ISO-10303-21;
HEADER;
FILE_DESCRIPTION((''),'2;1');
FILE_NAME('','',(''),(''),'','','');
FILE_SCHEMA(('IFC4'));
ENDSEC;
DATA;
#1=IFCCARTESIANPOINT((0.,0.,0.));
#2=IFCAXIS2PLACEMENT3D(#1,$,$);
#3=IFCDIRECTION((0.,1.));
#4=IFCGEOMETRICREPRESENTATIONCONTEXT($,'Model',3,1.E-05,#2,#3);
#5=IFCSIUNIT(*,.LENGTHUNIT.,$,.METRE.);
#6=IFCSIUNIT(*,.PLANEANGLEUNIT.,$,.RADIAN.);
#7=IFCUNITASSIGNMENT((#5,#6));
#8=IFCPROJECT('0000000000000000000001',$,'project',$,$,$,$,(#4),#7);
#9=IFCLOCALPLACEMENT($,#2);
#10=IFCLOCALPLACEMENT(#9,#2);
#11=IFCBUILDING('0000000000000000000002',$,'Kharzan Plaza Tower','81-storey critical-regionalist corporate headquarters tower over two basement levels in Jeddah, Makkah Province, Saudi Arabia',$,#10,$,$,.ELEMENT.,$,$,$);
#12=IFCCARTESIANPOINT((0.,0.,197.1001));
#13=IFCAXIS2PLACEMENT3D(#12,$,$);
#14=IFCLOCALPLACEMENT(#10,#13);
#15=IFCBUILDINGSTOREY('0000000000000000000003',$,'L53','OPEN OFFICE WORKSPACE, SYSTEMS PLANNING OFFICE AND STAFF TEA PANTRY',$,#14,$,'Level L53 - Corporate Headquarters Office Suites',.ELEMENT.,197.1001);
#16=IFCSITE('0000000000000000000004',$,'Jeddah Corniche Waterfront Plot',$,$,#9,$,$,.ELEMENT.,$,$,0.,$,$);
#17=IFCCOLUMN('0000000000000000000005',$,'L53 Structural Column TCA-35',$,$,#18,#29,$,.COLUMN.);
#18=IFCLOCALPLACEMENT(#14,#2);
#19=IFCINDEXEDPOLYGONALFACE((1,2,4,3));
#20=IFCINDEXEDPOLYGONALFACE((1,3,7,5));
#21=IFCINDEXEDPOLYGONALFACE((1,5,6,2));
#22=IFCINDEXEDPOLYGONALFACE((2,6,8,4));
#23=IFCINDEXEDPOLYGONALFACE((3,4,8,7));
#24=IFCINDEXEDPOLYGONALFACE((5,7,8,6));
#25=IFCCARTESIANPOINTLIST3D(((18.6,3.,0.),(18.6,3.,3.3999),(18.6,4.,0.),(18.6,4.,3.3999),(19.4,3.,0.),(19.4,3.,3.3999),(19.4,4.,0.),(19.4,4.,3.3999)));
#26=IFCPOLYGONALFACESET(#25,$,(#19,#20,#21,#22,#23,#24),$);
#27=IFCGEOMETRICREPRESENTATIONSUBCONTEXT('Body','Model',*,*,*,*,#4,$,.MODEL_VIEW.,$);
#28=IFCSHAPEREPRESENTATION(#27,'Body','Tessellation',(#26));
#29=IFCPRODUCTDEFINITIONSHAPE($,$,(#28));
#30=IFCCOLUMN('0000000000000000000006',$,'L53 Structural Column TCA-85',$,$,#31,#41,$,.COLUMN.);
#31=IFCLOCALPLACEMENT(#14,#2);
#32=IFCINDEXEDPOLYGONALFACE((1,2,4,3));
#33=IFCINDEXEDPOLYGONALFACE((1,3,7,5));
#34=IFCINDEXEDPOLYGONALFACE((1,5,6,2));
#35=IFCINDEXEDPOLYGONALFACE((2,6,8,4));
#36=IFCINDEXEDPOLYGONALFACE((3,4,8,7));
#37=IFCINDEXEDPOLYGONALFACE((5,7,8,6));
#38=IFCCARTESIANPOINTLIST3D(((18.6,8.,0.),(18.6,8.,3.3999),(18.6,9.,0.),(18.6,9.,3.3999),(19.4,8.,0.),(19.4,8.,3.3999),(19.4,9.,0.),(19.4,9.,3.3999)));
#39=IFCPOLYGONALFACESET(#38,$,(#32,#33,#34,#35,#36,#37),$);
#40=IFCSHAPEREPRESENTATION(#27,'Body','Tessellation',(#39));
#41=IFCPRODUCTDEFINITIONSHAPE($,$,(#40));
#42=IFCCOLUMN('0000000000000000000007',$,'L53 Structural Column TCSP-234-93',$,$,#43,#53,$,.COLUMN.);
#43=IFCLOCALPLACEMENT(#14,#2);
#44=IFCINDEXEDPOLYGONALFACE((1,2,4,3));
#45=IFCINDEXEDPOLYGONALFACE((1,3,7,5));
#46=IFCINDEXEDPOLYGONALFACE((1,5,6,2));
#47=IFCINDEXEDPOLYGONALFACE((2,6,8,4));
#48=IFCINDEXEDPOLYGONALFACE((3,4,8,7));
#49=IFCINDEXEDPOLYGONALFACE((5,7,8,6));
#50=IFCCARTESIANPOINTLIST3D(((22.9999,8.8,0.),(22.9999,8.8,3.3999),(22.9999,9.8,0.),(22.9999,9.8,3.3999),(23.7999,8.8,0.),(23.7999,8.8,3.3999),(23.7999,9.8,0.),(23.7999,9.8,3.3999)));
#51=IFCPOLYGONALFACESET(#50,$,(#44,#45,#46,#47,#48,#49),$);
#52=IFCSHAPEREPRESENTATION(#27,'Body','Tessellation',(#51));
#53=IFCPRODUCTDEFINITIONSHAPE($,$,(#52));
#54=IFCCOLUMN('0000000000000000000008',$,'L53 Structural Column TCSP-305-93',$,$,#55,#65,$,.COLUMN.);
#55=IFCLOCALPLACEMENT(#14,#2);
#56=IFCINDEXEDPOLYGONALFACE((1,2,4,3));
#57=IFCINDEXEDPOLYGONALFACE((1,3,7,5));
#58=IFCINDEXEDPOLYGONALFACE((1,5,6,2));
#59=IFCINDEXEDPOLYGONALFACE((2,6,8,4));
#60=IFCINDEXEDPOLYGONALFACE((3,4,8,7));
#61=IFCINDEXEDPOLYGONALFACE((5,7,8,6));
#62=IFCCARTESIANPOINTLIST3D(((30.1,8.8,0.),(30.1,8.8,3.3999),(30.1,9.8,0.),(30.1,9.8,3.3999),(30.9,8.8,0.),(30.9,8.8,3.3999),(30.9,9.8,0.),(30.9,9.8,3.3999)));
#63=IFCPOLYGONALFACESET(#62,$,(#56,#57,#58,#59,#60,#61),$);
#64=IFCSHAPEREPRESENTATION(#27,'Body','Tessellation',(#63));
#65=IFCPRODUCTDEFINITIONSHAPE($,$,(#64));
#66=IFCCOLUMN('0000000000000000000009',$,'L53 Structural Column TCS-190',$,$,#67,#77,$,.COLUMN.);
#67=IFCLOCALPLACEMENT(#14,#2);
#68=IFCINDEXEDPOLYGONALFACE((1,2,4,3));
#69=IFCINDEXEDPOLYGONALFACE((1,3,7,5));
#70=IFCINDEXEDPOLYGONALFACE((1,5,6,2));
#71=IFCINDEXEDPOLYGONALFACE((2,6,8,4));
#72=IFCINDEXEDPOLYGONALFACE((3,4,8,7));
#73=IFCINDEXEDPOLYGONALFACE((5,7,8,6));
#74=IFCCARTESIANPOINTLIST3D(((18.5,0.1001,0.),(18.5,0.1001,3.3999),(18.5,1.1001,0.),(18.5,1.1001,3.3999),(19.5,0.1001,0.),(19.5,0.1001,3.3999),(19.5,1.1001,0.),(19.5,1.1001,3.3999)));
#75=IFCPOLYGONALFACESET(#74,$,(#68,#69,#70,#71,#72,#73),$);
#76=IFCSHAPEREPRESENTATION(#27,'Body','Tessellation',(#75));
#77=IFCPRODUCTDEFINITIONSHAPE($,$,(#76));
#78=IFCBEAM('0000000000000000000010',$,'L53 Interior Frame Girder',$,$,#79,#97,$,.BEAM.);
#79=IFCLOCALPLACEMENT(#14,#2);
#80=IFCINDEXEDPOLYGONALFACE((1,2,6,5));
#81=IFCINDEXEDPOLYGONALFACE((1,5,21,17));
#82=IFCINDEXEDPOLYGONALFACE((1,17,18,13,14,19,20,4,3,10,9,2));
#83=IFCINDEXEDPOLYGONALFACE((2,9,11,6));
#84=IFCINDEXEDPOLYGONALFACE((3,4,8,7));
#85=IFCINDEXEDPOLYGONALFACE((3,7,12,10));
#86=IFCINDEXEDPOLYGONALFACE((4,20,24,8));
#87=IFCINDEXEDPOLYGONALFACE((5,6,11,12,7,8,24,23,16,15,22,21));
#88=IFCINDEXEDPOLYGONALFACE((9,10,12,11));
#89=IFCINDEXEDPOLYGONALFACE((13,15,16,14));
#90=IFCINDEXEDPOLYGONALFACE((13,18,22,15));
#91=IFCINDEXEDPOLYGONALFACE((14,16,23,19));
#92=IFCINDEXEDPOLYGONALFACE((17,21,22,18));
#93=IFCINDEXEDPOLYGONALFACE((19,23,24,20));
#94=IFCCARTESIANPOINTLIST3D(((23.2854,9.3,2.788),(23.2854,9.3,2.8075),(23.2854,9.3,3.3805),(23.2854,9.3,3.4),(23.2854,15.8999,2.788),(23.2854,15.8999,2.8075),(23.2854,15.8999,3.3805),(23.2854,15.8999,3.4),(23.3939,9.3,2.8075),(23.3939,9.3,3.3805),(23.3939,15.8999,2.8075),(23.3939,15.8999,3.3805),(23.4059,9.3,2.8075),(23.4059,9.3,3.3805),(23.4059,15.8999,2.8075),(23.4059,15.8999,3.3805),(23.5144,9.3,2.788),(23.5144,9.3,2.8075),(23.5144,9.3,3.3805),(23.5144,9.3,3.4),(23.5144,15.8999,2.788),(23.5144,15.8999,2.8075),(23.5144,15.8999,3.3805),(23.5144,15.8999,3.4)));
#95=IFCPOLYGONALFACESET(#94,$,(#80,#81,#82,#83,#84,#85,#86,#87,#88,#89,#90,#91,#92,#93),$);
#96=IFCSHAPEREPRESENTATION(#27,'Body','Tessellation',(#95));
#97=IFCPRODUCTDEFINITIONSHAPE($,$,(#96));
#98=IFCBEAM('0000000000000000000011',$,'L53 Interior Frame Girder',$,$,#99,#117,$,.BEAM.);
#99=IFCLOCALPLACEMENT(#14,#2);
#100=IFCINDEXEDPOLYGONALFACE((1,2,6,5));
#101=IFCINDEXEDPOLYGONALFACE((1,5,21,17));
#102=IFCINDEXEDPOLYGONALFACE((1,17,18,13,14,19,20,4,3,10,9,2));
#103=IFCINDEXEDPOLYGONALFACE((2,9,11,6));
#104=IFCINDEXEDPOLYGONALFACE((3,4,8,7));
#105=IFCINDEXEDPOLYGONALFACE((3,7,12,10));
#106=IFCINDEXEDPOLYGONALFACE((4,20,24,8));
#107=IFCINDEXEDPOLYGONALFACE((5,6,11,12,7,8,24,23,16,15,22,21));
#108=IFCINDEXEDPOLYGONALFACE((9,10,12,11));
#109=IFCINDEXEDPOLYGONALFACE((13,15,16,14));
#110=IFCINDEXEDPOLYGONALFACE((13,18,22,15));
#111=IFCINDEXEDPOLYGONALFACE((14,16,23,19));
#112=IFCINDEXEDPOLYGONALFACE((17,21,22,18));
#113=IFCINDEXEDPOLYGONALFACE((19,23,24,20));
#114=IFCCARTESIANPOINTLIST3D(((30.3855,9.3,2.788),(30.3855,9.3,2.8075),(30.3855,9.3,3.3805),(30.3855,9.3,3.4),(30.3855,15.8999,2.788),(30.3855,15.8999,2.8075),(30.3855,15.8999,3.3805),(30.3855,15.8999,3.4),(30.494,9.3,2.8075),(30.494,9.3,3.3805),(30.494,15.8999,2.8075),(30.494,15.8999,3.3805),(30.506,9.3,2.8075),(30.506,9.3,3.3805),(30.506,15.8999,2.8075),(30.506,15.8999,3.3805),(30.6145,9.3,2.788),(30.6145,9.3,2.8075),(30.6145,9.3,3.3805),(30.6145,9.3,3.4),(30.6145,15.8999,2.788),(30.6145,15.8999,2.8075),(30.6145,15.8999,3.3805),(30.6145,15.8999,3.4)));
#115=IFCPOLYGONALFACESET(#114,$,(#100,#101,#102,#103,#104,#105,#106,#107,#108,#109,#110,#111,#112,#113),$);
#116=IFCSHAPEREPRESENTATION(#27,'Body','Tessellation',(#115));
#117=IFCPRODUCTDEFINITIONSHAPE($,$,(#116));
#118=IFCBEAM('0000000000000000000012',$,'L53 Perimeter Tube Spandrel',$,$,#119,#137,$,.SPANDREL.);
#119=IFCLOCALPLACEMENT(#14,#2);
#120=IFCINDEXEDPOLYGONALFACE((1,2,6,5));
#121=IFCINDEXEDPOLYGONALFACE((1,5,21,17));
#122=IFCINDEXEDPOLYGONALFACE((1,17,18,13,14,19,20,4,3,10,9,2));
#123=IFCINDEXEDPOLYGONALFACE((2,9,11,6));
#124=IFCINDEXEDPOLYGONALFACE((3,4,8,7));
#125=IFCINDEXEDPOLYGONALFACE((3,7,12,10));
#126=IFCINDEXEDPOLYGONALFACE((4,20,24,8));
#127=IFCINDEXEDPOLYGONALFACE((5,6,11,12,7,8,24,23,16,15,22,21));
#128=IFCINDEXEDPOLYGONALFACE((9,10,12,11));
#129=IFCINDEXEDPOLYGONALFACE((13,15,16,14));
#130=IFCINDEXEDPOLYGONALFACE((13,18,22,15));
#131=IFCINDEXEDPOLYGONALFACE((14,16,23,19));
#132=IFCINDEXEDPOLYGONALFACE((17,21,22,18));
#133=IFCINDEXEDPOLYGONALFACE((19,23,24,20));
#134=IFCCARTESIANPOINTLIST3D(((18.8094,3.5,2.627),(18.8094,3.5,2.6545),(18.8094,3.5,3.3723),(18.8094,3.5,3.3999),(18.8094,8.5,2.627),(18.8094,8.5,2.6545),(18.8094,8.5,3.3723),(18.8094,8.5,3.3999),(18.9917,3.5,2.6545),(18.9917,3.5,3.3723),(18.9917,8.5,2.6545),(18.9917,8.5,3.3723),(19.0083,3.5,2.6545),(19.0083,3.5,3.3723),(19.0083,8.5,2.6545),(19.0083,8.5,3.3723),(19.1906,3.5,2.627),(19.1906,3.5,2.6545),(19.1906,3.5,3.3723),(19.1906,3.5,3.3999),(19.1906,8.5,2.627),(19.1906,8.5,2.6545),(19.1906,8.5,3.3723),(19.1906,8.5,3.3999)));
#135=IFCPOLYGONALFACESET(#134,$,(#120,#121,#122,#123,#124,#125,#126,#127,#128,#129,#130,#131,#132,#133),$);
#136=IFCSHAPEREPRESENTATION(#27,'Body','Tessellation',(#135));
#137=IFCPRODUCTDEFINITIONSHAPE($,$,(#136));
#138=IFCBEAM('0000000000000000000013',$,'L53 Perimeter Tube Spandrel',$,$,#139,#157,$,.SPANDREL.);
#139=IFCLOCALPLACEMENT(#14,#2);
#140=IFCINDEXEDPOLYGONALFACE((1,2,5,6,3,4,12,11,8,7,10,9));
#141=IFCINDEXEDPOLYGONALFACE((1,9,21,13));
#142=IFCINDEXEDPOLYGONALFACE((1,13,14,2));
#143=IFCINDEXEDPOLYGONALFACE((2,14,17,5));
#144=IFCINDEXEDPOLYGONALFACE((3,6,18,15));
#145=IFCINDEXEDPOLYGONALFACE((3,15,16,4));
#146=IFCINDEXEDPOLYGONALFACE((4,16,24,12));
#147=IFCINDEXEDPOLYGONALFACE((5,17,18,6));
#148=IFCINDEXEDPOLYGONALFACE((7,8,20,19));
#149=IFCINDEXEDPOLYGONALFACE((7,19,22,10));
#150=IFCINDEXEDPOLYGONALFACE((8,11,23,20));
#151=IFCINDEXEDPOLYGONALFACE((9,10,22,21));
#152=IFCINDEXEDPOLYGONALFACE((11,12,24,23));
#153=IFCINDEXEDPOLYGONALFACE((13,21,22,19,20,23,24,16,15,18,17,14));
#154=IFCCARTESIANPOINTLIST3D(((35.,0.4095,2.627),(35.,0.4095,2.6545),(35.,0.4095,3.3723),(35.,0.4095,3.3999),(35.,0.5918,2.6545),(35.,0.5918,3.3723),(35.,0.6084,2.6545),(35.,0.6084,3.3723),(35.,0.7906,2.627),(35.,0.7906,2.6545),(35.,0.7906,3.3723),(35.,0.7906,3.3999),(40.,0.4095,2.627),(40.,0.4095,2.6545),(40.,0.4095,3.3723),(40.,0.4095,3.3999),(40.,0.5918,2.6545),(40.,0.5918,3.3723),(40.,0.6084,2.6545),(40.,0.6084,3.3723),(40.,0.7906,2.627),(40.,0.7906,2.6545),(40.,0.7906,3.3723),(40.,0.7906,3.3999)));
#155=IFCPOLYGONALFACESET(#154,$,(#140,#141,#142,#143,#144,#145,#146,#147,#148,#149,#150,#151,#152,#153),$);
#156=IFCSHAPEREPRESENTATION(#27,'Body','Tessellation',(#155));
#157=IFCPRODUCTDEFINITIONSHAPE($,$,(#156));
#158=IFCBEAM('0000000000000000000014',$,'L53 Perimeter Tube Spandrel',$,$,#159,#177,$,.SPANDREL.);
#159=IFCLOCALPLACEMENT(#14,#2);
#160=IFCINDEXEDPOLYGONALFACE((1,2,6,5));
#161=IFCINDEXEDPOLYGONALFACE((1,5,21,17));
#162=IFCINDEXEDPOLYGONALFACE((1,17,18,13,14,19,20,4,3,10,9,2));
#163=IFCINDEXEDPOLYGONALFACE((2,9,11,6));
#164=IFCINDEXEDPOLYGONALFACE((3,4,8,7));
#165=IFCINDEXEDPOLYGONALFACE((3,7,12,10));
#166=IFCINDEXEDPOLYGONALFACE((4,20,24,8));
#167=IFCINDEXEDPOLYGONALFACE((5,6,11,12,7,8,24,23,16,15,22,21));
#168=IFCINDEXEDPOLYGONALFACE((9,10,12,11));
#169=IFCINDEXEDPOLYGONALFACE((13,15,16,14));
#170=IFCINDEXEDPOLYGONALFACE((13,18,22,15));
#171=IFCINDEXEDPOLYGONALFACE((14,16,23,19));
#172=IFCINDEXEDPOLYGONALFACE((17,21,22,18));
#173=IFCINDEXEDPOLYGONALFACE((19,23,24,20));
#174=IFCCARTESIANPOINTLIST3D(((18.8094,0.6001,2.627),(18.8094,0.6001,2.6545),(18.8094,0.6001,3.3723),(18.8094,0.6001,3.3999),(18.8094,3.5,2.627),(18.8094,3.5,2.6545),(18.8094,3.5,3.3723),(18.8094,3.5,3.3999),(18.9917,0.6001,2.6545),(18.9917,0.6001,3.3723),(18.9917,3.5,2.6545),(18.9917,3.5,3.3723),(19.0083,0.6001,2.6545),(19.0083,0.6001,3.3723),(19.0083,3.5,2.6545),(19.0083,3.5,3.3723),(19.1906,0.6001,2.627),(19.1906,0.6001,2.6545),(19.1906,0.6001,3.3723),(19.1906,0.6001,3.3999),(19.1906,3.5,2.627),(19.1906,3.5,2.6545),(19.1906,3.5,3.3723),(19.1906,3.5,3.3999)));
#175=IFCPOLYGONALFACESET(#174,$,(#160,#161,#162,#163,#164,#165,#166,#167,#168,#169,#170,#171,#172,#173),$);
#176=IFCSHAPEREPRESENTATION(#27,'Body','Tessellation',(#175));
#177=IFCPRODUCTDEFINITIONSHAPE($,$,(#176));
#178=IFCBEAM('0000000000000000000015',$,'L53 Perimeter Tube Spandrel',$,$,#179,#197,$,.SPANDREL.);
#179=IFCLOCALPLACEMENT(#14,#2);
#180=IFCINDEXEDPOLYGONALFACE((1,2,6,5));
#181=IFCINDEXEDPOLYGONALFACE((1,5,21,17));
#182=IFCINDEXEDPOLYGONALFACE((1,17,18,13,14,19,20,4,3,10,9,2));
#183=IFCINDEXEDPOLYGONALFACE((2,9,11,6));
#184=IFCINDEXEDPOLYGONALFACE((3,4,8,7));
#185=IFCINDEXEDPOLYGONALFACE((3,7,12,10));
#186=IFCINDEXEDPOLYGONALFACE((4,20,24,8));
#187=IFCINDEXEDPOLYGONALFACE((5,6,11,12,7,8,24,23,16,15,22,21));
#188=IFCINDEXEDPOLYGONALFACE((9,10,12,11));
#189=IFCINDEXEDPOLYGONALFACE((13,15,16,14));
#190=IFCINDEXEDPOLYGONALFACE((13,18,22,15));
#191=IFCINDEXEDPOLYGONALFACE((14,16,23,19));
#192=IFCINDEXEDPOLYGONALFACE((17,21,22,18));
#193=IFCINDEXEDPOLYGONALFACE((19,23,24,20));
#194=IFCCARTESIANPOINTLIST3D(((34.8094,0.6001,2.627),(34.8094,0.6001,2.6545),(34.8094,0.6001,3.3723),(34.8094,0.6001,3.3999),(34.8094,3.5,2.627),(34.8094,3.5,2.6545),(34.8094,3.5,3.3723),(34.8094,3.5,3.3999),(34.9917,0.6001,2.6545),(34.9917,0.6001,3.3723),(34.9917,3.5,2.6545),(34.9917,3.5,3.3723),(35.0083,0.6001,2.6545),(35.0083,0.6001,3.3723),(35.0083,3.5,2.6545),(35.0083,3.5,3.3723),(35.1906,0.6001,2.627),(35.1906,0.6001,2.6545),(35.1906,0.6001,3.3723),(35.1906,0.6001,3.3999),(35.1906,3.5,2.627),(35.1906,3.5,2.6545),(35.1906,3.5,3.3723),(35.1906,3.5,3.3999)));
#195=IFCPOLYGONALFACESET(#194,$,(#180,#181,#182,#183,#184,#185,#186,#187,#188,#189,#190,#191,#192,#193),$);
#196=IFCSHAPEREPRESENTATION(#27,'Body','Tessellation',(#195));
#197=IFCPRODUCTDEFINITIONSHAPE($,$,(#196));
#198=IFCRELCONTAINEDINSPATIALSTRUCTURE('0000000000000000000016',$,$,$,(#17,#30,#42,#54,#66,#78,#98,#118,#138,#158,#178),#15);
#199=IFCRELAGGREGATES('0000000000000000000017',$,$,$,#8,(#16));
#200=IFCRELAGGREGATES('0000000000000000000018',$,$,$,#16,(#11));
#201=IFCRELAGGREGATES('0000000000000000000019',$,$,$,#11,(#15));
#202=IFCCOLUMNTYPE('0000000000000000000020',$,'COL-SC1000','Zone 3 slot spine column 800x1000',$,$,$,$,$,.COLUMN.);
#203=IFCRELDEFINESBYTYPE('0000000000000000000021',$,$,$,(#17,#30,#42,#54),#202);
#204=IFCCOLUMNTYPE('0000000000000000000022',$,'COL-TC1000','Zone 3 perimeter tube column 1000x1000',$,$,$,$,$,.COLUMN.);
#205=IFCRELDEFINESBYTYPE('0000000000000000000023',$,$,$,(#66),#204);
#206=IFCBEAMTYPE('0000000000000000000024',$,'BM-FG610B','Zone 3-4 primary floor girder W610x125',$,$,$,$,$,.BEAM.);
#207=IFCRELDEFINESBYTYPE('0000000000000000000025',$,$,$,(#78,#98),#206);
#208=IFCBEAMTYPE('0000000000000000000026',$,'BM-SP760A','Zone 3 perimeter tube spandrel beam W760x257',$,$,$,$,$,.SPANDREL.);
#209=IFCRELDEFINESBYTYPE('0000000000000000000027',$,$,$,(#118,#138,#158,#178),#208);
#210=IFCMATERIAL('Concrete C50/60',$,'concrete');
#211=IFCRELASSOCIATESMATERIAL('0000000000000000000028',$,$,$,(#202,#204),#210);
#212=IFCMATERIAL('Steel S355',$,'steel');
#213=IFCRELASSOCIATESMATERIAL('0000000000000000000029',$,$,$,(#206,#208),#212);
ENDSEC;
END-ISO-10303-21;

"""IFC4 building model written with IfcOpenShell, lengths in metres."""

from ifc_helpers import new_model, si_unit, direction, frame, origin, origin_2d, place, context, subcontext, project, spatial, rectangle, i_section, extrude, source, transform, mapped, material, material_profile, profile_set, type_object, element, save


model = new_model("IFC4")

# Units and contexts
model_context = context("Model", 3, precision=1e-05, world=origin(), true_north=direction((0.0, 1.0)))
body_context = subcontext(model_context, "Body", "Model", "MODEL_VIEW")
ifc_project = project(units=[si_unit("LENGTHUNIT", "METRE"), si_unit("PLANEANGLEUNIT", "RADIAN")], contexts=[model_context])

# Site, building, storey
site_placement = place(None, origin())
site = spatial("IfcSite", under=ifc_project, at=site_placement, Name="Jeddah Corniche Waterfront Plot", CompositionType="ELEMENT", RefElevation=0.0)
building_placement = place(site_placement, origin())
building = spatial("IfcBuilding", under=site, at=building_placement, Name="Kharzan Plaza Tower", Description="81-storey critical-regionalist corporate headquarters tower over two basement levels in Jeddah, Makkah Province, Saudi Arabia", CompositionType="ELEMENT")
storey_placement = place(building_placement, frame((0.0, 0.0, 197.1001)))
storey = spatial("IfcBuildingStorey", under=building, at=storey_placement, Name="L53", Description="OPEN OFFICE WORKSPACE, SYSTEMS PLANNING OFFICE AND STAFF TEA PANTRY", LongName="Level L53 - Corporate Headquarters Office Suites", CompositionType="ELEMENT", Elevation=197.1001)

# Columns
ifc_material_1 = material(Name="Concrete C50/60", Category="concrete")
ifc_material_profile_1 = material_profile(ifc_material_1, rectangle(XDim=0.8, YDim=1.0, at=origin_2d()), Name="RC-SC1000x800")
ifc_profile_set_1 = profile_set([ifc_material_profile_1], Name="Concrete C50/60")
column_type_1 = type_object("IfcColumnType", Name="COL-SC1000", Description="Zone 3 slot spine column 800x1000", PredefinedType="COLUMN", material=ifc_profile_set_1)
shared_shape_1 = source(origin(), body_context, "Body", "SweptSolid", [
    extrude(rectangle(XDim=0.8, YDim=1.0, at=origin_2d()), origin(), (0.0, 0.0, 1.0), 3.3999),
])
for number, where, z_axis, x_axis, name in (
    (1, (19.0, 3.5, 0.0), (0.0, 0.0, 1.0), (1.0, 0.0, 0.0), "L53 Structural Column TCA-35"),
    (2, (19.0, 8.5, 0.0), (0.0, 0.0, 1.0), (1.0, 0.0, 0.0), "L53 Structural Column TCA-85"),
    (3, (23.3999, 9.3, 0.0), (0.0, 0.0, 1.0), (1.0, 0.0, 0.0), "L53 Structural Column TCSP-234-93"),
    (4, (30.5, 9.3, 0.0), (0.0, 0.0, 1.0), (1.0, 0.0, 0.0), "L53 Structural Column TCSP-305-93"),
):
    element("IfcColumn", number, at=place(storey_placement, frame(where, z_axis=z_axis, x_axis=x_axis)), inside=storey, type_object=column_type_1, Name=name, PredefinedType="COLUMN", context=body_context, shape_type="MappedRepresentation", body=[
        mapped(shared_shape_1, transform((0.0, 0.0, 0.0), x_axis=(1.0, 0.0, 0.0), y_axis=(0.0, 1.0, 0.0), z_axis=(0.0, 0.0, 1.0))),
    ])
ifc_material_profile_2 = material_profile(ifc_material_1, rectangle(XDim=1.0, YDim=1.0, at=origin_2d()), Name="RC-TC1000x1000")
ifc_profile_set_2 = profile_set([ifc_material_profile_2], Name="Concrete C50/60")
column_type_2 = type_object("IfcColumnType", Name="COL-TC1000", Description="Zone 3 perimeter tube column 1000x1000", PredefinedType="COLUMN", material=ifc_profile_set_2)
shared_shape_2 = source(origin(), body_context, "Body", "SweptSolid", [
    extrude(rectangle(XDim=1.0, YDim=1.0, at=origin_2d()), origin(), (0.0, 0.0, 1.0), 3.3999),
])
column_placement = place(storey_placement, frame((19.0, 0.6001, 0.0), z_axis=(0.0, 0.0, 1.0), x_axis=(1.0, 0.0, 0.0)))
element("IfcColumn", 5, at=column_placement, inside=storey, type_object=column_type_2, Name="L53 Structural Column TCS-190", PredefinedType="COLUMN", context=body_context, shape_type="MappedRepresentation", body=[
    mapped(shared_shape_2, transform((0.0, 0.0, 0.0), x_axis=(1.0, 0.0, 0.0), y_axis=(0.0, 1.0, 0.0), z_axis=(0.0, 0.0, 1.0))),
])

# Beams
ifc_material_2 = material(Name="Steel S355", Category="steel")
ifc_material_profile_3 = material_profile(ifc_material_2, i_section(OverallWidth=0.229, OverallDepth=0.6121, WebThickness=0.012, FlangeThickness=0.0195, at=origin_2d()), Name="W610x125")
ifc_profile_set_3 = profile_set([ifc_material_profile_3], Name="Steel S355")
beam_type_1 = type_object("IfcBeamType", Name="BM-FG610B", Description="Zone 3-4 primary floor girder W610x125", PredefinedType="BEAM", material=ifc_profile_set_3)
shared_shape_3 = source(origin(), body_context, "Body", "SweptSolid", [
    extrude(i_section(OverallWidth=0.229, OverallDepth=0.6121, WebThickness=0.012, FlangeThickness=0.0195, at=origin_2d()), origin(), (0.0, 0.0, 1.0), 6.5999),
])
for number, where, z_axis, x_axis, name in (
    (6, (23.3999, 9.3, 3.094), (0.0, 1.0, 0.0), (-1.0, 0.0, 0.0), "L53 Interior Frame Girder"),
    (7, (30.5, 9.3, 3.094), (0.0, 1.0, 0.0), (-1.0, 0.0, 0.0), "L53 Interior Frame Girder"),
):
    element("IfcBeam", number, at=place(storey_placement, frame(where, z_axis=z_axis, x_axis=x_axis)), inside=storey, type_object=beam_type_1, Name=name, PredefinedType="BEAM", context=body_context, shape_type="MappedRepresentation", body=[
        mapped(shared_shape_3, transform((0.0, 0.0, 0.0), x_axis=(1.0, 0.0, 0.0), y_axis=(0.0, 1.0, 0.0), z_axis=(0.0, 0.0, 1.0))),
    ])
ifc_material_profile_4 = material_profile(ifc_material_2, i_section(OverallWidth=0.3811, OverallDepth=0.7729, WebThickness=0.0166, FlangeThickness=0.0276, at=origin_2d()), Name="W760x257")
ifc_profile_set_4 = profile_set([ifc_material_profile_4], Name="Steel S355")
beam_type_2 = type_object("IfcBeamType", Name="BM-SP760A", Description="Zone 3 perimeter tube spandrel beam W760x257", PredefinedType="SPANDREL", material=ifc_profile_set_4)
shared_shape_4 = source(origin(), body_context, "Body", "SweptSolid", [
    extrude(i_section(OverallWidth=0.3811, OverallDepth=0.7729, WebThickness=0.0166, FlangeThickness=0.0276, at=origin_2d()), origin(), (0.0, 0.0, 1.0), 5.0),
])
for number, where, z_axis, x_axis, name in (
    (8, (19.0, 3.5, 3.0134), (0.0, 1.0, 0.0), (-1.0, 0.0, 0.0), "L53 Perimeter Tube Spandrel"),
    (9, (35.0, 0.6001, 3.0134), (1.0, 0.0, 0.0), (0.0, 1.0, 0.0), "L53 Perimeter Tube Spandrel"),
):
    element("IfcBeam", number, at=place(storey_placement, frame(where, z_axis=z_axis, x_axis=x_axis)), inside=storey, type_object=beam_type_2, Name=name, PredefinedType="SPANDREL", context=body_context, shape_type="MappedRepresentation", body=[
        mapped(shared_shape_4, transform((0.0, 0.0, 0.0), x_axis=(1.0, 0.0, 0.0), y_axis=(0.0, 1.0, 0.0), z_axis=(0.0, 0.0, 1.0))),
    ])
shared_shape_5 = source(origin(), body_context, "Body", "SweptSolid", [
    extrude(i_section(OverallWidth=0.3811, OverallDepth=0.7729, WebThickness=0.0166, FlangeThickness=0.0276, at=origin_2d()), origin(), (0.0, 0.0, 1.0), 2.8999),
])
for number, where, z_axis, x_axis, name in (
    (10, (19.0, 0.6001, 3.0134), (0.0, 1.0, 0.0), (-1.0, 0.0, 0.0), "L53 Perimeter Tube Spandrel"),
    (11, (35.0, 0.6001, 3.0134), (0.0, 1.0, 0.0), (-1.0, 0.0, 0.0), "L53 Perimeter Tube Spandrel"),
):
    element("IfcBeam", number, at=place(storey_placement, frame(where, z_axis=z_axis, x_axis=x_axis)), inside=storey, type_object=beam_type_2, Name=name, PredefinedType="SPANDREL", context=body_context, shape_type="MappedRepresentation", body=[
        mapped(shared_shape_5, transform((0.0, 0.0, 0.0), x_axis=(1.0, 0.0, 0.0), y_axis=(0.0, 1.0, 0.0), z_axis=(0.0, 0.0, 1.0))),
    ])

save(model, "model.ifc")
